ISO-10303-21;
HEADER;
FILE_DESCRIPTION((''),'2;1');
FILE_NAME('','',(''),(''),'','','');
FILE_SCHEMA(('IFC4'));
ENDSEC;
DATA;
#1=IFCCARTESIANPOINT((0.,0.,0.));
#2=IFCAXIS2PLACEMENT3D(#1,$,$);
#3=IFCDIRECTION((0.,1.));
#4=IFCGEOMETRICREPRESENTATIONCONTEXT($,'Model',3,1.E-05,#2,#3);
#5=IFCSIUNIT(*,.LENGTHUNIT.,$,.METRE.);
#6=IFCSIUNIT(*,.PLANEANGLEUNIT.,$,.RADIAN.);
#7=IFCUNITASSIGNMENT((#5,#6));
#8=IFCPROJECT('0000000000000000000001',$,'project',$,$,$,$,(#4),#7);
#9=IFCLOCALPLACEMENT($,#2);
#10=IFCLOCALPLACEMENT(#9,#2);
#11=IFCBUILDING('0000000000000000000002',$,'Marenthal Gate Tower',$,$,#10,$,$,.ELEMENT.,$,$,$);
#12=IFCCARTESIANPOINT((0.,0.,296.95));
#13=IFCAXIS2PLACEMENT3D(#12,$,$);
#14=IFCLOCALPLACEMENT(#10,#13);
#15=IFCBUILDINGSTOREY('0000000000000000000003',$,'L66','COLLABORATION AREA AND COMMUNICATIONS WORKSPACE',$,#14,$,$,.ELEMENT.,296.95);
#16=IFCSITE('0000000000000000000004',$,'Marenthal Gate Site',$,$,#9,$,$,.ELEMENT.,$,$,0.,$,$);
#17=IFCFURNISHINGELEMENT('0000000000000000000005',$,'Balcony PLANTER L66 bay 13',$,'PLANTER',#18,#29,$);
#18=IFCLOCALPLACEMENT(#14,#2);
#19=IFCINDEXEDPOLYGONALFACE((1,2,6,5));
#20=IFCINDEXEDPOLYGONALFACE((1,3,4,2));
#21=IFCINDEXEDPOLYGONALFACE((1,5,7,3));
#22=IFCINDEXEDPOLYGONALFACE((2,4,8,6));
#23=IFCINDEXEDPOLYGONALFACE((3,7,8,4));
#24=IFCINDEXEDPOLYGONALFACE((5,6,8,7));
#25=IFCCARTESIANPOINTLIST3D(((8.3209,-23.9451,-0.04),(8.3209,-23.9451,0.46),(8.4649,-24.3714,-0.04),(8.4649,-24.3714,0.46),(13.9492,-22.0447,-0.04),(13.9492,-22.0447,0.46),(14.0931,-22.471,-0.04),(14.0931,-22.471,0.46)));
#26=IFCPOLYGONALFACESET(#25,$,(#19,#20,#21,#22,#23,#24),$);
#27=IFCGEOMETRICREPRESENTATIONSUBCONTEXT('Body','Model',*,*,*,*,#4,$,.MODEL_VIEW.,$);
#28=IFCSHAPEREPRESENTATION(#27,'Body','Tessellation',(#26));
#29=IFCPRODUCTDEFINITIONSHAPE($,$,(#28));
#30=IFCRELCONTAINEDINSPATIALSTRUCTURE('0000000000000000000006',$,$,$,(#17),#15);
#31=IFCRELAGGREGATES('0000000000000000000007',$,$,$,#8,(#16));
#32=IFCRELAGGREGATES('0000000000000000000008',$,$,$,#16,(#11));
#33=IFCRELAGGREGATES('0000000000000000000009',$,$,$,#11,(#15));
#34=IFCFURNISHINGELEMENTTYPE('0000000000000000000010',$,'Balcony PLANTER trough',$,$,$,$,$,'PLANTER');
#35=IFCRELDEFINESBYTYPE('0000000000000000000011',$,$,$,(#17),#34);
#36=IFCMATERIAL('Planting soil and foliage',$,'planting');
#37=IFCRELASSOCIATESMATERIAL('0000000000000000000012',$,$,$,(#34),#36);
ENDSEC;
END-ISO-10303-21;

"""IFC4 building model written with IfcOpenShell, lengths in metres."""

from ifc_helpers import new_model, si_unit, direction, frame, origin, origin_2d, place, context, subcontext, project, spatial, rectangle, extrude, material, type_object, element, save


model = new_model("IFC4")

# Units and contexts
model_context = context("Model", 3, precision=1e-05, world=origin(), true_north=direction((0.0, 1.0)))
body_context = subcontext(model_context, "Body", "Model", "MODEL_VIEW")
ifc_project = project(units=[si_unit("LENGTHUNIT", "METRE"), si_unit("PLANEANGLEUNIT", "RADIAN")], contexts=[model_context])

# Site, building, storey
site_placement = place(None, origin())
site = spatial("IfcSite", under=ifc_project, at=site_placement, Name="Marenthal Gate Site", CompositionType="ELEMENT", RefElevation=0.0)
building_placement = place(site_placement, origin())
building = spatial("IfcBuilding", under=site, at=building_placement, Name="Marenthal Gate Tower", CompositionType="ELEMENT")
storey_placement = place(building_placement, frame((0.0, 0.0, 296.95)))
storey = spatial("IfcBuildingStorey", under=building, at=storey_placement, Name="L66", Description="COLLABORATION AREA AND COMMUNICATIONS WORKSPACE", CompositionType="ELEMENT", Elevation=296.95)

# Furnishing element
ifc_material_1 = material(Name="Planting soil and foliage", Category="planting")
furnishing_element_type = type_object("IfcFurnishingElementType", Name="Balcony PLANTER trough", ElementType="PLANTER", material=ifc_material_1)
furnishing_placement = place(storey_placement, frame((11.207, -23.208, -0.04), z_axis=(0.0, 0.0, 1.0), x_axis=(0.947448, 0.31991, 0.0)))
element("IfcFurnishingElement", 1, at=furnishing_placement, inside=storey, type_object=furnishing_element_type, Name="Balcony PLANTER L66 bay 13", ObjectType="PLANTER", context=body_context, shape_type="SweptSolid", body=[
    extrude(rectangle(XDim=5.9404, YDim=0.45, at=origin_2d()), origin(), (0.0, 0.0, 1.0), 0.5),
])

save(model, "model.ifc")
